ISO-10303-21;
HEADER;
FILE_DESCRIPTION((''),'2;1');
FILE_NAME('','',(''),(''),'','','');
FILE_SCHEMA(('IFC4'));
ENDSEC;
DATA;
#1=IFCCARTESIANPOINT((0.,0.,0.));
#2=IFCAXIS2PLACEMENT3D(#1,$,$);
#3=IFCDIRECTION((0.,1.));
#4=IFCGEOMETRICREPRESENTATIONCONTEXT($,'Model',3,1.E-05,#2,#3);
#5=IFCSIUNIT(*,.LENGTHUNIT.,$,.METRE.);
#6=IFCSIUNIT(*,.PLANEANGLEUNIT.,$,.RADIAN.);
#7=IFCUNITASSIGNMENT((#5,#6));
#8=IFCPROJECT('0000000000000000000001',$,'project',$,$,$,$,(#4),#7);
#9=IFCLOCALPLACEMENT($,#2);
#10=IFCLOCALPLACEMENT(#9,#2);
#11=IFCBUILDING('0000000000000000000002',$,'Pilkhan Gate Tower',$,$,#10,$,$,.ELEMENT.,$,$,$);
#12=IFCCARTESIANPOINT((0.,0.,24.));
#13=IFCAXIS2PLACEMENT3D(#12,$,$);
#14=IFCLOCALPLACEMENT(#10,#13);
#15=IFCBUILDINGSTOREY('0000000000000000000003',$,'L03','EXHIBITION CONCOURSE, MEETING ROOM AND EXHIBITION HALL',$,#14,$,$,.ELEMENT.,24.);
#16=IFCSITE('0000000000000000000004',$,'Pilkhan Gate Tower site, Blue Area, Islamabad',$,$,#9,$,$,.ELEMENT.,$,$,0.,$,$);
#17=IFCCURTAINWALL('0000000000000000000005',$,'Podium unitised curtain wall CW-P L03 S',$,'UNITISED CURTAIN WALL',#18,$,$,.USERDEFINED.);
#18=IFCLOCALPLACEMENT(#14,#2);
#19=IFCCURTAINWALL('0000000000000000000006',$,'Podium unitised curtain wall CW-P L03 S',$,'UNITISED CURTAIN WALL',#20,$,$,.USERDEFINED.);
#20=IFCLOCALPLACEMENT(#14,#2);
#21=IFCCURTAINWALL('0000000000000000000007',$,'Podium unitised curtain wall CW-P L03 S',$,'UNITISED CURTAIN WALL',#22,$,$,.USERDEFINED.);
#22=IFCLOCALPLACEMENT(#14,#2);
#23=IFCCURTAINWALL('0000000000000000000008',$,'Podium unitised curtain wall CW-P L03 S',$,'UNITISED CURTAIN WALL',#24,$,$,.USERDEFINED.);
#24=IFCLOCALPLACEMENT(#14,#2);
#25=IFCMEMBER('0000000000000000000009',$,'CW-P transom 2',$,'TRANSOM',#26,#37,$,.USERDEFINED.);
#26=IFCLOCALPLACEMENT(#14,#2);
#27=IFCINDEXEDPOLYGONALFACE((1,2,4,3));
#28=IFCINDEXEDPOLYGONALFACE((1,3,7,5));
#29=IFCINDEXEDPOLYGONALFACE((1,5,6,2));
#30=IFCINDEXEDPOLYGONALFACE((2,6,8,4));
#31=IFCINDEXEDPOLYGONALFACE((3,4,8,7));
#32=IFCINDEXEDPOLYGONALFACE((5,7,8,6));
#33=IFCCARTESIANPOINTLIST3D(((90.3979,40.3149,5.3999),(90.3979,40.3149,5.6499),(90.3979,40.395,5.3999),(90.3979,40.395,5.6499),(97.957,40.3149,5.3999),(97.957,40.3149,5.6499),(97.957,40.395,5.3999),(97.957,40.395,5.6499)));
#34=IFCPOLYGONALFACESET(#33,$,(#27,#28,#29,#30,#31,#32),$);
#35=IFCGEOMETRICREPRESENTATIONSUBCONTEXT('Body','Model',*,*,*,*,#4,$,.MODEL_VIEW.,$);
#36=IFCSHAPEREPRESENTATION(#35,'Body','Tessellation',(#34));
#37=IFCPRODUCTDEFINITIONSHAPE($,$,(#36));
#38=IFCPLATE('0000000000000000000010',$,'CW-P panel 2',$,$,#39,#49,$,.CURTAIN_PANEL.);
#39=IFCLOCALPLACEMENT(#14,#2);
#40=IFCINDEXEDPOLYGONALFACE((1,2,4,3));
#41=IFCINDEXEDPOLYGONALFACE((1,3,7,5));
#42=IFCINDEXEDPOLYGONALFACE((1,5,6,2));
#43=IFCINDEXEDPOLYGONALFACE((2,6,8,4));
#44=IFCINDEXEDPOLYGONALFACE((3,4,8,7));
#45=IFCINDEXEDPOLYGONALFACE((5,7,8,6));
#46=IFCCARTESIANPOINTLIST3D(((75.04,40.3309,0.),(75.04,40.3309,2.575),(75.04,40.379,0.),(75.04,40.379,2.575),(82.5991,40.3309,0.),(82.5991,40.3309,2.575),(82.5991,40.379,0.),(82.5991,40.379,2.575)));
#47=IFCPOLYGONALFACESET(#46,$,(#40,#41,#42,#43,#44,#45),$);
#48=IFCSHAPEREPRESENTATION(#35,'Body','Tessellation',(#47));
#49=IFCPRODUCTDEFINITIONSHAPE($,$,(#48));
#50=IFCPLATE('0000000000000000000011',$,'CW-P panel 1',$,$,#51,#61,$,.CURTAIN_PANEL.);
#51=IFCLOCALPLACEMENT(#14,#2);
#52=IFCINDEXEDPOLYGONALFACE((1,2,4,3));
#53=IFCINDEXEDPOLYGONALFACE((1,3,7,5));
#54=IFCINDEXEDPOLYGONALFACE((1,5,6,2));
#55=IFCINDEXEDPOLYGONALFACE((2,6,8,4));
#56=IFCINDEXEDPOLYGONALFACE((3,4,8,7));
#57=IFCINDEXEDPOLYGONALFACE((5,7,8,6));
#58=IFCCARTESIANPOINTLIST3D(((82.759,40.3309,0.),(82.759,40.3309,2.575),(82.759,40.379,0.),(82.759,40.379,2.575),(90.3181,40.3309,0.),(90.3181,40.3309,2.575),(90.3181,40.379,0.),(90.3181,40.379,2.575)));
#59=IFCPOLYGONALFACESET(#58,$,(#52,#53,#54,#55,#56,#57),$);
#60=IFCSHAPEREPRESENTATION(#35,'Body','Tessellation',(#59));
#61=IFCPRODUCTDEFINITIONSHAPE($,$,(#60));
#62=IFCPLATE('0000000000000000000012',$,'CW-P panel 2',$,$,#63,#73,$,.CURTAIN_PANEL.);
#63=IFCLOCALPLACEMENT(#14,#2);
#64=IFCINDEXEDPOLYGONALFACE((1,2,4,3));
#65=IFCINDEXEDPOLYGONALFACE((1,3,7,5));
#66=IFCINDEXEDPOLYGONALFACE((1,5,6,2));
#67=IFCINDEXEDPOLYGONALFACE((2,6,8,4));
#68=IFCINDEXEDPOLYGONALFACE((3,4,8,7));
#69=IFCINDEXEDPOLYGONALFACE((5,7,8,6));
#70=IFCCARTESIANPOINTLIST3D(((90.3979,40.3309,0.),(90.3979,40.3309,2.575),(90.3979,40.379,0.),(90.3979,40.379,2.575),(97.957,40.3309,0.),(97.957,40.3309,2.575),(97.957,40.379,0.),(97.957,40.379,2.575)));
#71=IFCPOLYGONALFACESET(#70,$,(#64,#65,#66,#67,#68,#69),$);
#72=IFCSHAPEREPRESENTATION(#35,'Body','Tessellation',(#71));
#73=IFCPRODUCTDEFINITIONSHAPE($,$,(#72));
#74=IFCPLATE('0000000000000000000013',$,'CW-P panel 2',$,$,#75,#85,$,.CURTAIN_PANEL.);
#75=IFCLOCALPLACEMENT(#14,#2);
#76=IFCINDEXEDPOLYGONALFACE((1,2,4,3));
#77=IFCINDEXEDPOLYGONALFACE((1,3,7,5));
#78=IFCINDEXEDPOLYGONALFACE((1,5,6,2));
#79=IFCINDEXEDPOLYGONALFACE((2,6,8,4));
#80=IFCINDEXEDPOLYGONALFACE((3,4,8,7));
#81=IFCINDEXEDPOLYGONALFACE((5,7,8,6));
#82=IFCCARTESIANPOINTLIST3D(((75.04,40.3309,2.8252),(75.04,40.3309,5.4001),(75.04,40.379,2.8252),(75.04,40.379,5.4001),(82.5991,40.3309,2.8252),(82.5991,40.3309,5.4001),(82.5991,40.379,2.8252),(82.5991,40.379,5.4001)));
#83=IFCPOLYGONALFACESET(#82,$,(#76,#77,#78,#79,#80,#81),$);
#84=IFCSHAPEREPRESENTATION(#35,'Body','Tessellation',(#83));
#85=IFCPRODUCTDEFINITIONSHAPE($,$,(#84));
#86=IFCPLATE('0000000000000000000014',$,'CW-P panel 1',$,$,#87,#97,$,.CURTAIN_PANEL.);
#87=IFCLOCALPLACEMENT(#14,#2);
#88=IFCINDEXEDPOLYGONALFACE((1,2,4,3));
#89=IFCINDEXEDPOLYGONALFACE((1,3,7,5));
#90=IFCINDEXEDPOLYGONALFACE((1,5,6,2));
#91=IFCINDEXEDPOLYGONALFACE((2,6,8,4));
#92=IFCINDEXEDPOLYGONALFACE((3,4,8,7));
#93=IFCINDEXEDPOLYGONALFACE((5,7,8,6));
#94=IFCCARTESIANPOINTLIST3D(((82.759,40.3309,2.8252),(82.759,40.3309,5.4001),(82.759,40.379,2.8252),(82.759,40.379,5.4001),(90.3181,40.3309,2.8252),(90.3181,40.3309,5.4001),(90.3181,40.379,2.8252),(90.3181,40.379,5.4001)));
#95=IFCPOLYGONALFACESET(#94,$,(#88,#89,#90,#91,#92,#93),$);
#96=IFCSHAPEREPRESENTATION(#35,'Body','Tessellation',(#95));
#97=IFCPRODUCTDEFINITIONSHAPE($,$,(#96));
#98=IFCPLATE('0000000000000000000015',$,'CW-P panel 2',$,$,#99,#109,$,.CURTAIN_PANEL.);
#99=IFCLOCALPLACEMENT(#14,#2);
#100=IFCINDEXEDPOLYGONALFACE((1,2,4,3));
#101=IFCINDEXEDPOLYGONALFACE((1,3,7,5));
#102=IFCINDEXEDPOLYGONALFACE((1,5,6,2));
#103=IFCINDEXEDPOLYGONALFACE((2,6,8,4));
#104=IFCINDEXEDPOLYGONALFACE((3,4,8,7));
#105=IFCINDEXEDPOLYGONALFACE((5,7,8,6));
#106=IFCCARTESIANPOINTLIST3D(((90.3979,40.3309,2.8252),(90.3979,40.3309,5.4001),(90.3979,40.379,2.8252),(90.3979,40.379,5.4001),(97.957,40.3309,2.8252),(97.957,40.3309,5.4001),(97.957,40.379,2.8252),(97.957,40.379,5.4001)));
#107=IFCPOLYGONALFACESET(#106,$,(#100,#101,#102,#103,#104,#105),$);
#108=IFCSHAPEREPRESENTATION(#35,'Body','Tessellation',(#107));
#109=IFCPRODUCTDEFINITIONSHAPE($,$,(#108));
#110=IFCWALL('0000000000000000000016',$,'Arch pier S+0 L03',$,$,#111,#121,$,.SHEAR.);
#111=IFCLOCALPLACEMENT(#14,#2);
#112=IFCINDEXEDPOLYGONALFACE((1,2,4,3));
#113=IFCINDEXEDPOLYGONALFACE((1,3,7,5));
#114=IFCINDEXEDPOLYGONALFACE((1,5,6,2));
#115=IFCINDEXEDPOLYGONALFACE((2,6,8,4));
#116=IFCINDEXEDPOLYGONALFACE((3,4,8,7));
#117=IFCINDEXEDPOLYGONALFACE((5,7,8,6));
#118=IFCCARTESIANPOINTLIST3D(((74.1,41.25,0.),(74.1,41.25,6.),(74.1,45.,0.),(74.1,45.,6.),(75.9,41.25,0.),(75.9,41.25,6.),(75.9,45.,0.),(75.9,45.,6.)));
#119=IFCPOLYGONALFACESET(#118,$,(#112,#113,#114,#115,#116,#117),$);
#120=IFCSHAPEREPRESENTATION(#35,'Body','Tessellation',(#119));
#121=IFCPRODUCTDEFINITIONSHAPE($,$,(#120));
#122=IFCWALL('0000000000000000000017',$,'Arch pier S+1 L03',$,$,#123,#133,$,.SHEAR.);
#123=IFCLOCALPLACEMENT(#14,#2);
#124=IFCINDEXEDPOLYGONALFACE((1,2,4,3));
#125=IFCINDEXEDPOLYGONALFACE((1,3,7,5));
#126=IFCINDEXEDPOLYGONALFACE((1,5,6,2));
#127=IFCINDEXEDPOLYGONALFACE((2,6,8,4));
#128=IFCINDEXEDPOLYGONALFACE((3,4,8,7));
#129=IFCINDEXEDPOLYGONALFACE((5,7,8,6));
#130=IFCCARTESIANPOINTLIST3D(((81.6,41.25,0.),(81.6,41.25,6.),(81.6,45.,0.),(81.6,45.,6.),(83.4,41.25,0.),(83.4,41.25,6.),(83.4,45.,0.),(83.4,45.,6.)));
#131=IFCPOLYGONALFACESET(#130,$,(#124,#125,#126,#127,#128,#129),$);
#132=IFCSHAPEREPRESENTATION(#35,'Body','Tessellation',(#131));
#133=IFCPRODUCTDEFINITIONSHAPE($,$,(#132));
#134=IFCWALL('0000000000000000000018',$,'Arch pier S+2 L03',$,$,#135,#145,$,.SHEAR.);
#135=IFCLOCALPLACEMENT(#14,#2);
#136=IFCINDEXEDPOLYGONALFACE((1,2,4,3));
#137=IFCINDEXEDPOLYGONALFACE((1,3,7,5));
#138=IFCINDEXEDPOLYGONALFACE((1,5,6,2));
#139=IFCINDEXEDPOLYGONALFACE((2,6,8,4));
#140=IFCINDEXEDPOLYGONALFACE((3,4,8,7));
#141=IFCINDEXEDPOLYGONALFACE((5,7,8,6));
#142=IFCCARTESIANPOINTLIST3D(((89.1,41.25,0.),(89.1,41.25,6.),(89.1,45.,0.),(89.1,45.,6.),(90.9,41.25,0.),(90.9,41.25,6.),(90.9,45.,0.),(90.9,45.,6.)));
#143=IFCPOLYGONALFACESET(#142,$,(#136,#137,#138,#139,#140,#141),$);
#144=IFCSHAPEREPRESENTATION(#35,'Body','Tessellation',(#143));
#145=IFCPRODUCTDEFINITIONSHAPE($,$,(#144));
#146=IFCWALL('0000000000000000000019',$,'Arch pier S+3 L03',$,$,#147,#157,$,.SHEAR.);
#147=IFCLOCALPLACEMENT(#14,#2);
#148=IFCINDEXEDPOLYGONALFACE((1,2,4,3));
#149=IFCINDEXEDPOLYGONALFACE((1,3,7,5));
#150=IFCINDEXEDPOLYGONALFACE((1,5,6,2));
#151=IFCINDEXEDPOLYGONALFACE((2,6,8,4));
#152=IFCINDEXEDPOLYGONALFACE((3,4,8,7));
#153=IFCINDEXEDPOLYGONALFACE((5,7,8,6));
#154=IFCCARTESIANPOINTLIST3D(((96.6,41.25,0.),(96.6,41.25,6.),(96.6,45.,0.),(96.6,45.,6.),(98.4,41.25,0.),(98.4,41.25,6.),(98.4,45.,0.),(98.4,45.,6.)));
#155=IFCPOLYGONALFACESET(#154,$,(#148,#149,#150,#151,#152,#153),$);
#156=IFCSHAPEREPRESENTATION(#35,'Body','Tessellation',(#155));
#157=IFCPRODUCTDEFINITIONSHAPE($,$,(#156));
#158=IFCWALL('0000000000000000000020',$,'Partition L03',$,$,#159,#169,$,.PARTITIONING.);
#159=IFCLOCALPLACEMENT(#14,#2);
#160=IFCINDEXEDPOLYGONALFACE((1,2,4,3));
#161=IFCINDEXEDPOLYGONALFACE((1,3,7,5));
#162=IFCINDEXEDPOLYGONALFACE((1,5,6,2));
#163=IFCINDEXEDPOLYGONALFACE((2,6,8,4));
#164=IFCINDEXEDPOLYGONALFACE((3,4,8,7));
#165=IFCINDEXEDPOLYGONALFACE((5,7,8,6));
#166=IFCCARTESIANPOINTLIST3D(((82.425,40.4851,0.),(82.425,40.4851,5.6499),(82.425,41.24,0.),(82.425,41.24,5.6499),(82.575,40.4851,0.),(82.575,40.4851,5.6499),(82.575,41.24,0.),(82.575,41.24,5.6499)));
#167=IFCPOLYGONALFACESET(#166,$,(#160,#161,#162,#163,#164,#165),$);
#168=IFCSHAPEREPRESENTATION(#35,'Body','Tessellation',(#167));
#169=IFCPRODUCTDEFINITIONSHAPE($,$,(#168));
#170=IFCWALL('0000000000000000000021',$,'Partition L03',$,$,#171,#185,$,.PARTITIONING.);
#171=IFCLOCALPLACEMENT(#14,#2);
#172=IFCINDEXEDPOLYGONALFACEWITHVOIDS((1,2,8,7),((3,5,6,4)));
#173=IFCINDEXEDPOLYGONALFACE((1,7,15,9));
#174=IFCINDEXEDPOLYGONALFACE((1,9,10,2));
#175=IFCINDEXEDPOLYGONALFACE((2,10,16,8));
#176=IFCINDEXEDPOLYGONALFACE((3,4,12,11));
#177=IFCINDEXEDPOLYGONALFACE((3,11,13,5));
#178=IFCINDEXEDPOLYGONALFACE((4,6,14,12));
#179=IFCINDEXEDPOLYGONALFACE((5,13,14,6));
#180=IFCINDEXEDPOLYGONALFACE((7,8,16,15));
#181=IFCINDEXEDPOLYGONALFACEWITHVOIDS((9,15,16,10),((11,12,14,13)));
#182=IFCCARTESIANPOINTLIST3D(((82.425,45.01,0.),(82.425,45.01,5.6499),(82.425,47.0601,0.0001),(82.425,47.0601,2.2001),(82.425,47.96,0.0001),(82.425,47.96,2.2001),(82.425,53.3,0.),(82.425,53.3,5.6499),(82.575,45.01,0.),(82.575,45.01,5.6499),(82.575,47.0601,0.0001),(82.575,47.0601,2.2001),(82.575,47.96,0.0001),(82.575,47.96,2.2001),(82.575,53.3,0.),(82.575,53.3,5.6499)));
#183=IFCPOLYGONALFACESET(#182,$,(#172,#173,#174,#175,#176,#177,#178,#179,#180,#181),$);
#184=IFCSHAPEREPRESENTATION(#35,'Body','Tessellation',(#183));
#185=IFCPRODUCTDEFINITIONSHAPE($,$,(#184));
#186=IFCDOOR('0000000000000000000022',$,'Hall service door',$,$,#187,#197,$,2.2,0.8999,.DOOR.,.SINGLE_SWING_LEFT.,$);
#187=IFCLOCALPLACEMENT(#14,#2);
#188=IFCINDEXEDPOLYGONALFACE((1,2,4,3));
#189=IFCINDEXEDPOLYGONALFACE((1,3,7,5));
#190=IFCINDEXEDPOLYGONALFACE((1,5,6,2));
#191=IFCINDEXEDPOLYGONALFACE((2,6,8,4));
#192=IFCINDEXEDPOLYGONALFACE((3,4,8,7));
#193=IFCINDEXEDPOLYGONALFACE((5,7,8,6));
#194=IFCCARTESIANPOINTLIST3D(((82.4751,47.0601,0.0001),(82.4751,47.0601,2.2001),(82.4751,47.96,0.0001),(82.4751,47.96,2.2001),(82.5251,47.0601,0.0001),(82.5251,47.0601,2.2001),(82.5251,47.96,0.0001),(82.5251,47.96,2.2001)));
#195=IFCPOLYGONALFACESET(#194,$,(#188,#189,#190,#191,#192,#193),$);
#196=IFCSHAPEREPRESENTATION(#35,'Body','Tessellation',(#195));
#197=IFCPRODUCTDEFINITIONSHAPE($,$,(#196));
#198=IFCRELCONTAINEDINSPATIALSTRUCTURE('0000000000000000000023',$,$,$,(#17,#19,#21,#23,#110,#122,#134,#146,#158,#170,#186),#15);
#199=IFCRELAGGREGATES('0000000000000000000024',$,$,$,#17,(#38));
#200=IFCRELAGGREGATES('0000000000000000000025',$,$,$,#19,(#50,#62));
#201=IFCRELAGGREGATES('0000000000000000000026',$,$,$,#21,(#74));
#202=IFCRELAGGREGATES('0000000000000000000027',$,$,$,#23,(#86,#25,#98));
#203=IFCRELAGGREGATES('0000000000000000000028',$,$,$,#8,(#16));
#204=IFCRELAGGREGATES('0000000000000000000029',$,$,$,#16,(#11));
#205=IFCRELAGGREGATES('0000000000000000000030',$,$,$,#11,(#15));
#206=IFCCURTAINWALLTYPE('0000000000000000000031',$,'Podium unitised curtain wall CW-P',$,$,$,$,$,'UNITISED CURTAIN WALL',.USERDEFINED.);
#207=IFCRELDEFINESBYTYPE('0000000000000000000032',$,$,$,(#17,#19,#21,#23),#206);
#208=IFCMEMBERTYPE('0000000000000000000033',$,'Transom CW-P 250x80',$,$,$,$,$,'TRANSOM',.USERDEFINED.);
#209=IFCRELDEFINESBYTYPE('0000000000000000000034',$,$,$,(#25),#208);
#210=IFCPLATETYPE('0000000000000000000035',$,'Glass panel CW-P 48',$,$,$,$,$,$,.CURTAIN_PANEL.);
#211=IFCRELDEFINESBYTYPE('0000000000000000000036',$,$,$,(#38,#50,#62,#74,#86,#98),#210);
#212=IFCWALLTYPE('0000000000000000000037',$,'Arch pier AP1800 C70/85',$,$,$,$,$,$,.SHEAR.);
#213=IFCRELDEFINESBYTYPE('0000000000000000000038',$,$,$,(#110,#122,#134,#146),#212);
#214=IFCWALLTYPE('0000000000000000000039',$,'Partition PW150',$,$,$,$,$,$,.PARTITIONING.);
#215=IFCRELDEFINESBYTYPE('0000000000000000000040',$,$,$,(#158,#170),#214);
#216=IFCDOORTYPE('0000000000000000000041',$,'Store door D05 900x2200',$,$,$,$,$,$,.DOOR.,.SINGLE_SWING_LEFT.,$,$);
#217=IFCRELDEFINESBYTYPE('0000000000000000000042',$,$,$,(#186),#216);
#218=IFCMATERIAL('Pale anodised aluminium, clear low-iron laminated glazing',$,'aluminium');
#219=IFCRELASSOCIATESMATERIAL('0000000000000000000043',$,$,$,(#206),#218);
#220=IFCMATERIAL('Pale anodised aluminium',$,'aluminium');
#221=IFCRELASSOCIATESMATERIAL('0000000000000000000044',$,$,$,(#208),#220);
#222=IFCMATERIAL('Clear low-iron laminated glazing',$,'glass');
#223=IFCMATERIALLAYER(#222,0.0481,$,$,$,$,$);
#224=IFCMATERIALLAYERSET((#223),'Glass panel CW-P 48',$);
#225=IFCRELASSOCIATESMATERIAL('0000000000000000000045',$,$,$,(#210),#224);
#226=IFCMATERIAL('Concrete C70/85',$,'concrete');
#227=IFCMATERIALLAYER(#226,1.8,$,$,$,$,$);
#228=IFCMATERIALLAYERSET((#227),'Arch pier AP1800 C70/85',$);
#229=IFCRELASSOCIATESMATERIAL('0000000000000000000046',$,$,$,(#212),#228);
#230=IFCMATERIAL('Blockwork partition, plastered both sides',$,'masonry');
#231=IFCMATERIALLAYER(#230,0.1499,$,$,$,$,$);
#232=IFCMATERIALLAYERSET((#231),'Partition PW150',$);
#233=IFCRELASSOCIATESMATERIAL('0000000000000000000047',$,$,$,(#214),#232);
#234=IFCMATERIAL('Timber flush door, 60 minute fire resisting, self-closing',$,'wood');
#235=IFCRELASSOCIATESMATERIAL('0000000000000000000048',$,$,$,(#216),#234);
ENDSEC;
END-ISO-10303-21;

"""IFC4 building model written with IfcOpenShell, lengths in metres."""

from ifc_helpers import new_model, si_unit, direction, frame, frame_2d, origin, origin_2d, place, context, subcontext, project, spatial, rectangle, extrude, material, layer, layer_set, material_profile, profile_set, type_object, element, fill, aggregate, save


model = new_model("IFC4")

# Units and contexts
model_context = context("Model", 3, precision=1e-05, world=origin(), true_north=direction((0.0, 1.0)))
body_context = subcontext(model_context, "Body", "Model", "MODEL_VIEW")
ifc_project = project(units=[si_unit("LENGTHUNIT", "METRE"), si_unit("PLANEANGLEUNIT", "RADIAN")], contexts=[model_context])

# Site, building, storey
site_placement = place(None, origin())
site = spatial("IfcSite", under=ifc_project, at=site_placement, Name="Pilkhan Gate Tower site, Blue Area, Islamabad", CompositionType="ELEMENT", RefElevation=0.0)
building_placement = place(site_placement, origin())
building = spatial("IfcBuilding", under=site, at=building_placement, Name="Pilkhan Gate Tower", CompositionType="ELEMENT")
storey_placement = place(building_placement, frame((0.0, 0.0, 24.0)))
storey = spatial("IfcBuildingStorey", under=building, at=storey_placement, Name="L03", Description="EXHIBITION CONCOURSE, MEETING ROOM AND EXHIBITION HALL", CompositionType="ELEMENT", Elevation=24.0)

# Shared definitions
ifc_material_1 = material(Name="Concrete C70/85", Category="concrete")

# Curtain walls
ifc_material_2 = material(Name="Pale anodised aluminium, clear low-iron laminated glazing", Category="aluminium")
curtain_wall_type = type_object("IfcCurtainWallType", Name="Podium unitised curtain wall CW-P", ElementType="UNITISED CURTAIN WALL", PredefinedType="USERDEFINED", material=ifc_material_2)
curtain_wall_1_placement = place(storey_placement, origin())
curtain_wall_1 = element("IfcCurtainWall", 1, at=curtain_wall_1_placement, inside=storey, type_object=curtain_wall_type, Name="Podium unitised curtain wall CW-P L03 S", ObjectType="UNITISED CURTAIN WALL", PredefinedType="USERDEFINED")
ifc_material_3 = material(Name="Pale anodised aluminium", Category="aluminium")
curtain_wall_2_placement = place(storey_placement, origin())
curtain_wall_2 = element("IfcCurtainWall", 2, at=curtain_wall_2_placement, inside=storey, type_object=curtain_wall_type, Name="Podium unitised curtain wall CW-P L03 S", ObjectType="UNITISED CURTAIN WALL", PredefinedType="USERDEFINED")
curtain_wall_3_placement = place(storey_placement, origin())
curtain_wall_3 = element("IfcCurtainWall", 3, at=curtain_wall_3_placement, inside=storey, type_object=curtain_wall_type, Name="Podium unitised curtain wall CW-P L03 S", ObjectType="UNITISED CURTAIN WALL", PredefinedType="USERDEFINED")
curtain_wall_4_placement = place(storey_placement, origin())
curtain_wall_4 = element("IfcCurtainWall", 4, at=curtain_wall_4_placement, inside=storey, type_object=curtain_wall_type, Name="Podium unitised curtain wall CW-P L03 S", ObjectType="UNITISED CURTAIN WALL", PredefinedType="USERDEFINED")

# Member
ifc_material_profile_1 = material_profile(ifc_material_3, rectangle(XDim=0.0801, YDim=0.25, at=origin_2d()), Name="Transom 250x80")
ifc_profile_set_1 = profile_set([ifc_material_profile_1], Name="Pale anodised aluminium")
member_type_1 = type_object("IfcMemberType", Name="Transom CW-P 250x80", ElementType="TRANSOM", PredefinedType="USERDEFINED", material=ifc_profile_set_1)
member_1_placement = place(storey_placement, frame((90.3979, 40.355, 5.5249), z_axis=(1.0, 0.0, 0.0), x_axis=(0.0, 1.0, 0.0)))
member_1 = element("IfcMember", 5, at=member_1_placement, type_object=member_type_1, Name="CW-P transom 2", ObjectType="TRANSOM", PredefinedType="USERDEFINED", context=body_context, shape_type="SweptSolid", body=[
    extrude(rectangle(XDim=0.0801, YDim=0.25, at=origin_2d()), origin(), (0.0, 0.0, 1.0), 7.5591),
])

# Plates
ifc_material_4 = material(Name="Clear low-iron laminated glazing", Category="glass")
ifc_layer_1 = layer(ifc_material_4, 0.0481)
ifc_layer_set_1 = layer_set([ifc_layer_1], Name="Glass panel CW-P 48")
plate_type = type_object("IfcPlateType", Name="Glass panel CW-P 48", PredefinedType="CURTAIN_PANEL", material=ifc_layer_set_1)
plate_1_placement = place(storey_placement, frame((78.8196, 40.355, 0.0), z_axis=(0.0, 0.0, 1.0), x_axis=(1.0, 0.0, 0.0)))
plate_1 = element("IfcPlate", 6, at=plate_1_placement, type_object=plate_type, Name="CW-P panel 2", PredefinedType="CURTAIN_PANEL", context=body_context, shape_type="SweptSolid", body=[
    extrude(rectangle(XDim=7.5591, YDim=0.0481, at=origin_2d()), origin(), (0.0, 0.0, 1.0), 2.575),
])
aggregate(curtain_wall_1, [plate_1])
plate_2_placement = place(storey_placement, frame((86.5386, 40.355, 0.0), z_axis=(0.0, 0.0, 1.0), x_axis=(1.0, 0.0, 0.0)))
plate_2 = element("IfcPlate", 7, at=plate_2_placement, type_object=plate_type, Name="CW-P panel 1", PredefinedType="CURTAIN_PANEL", context=body_context, shape_type="SweptSolid", body=[
    extrude(rectangle(XDim=7.5591, YDim=0.0481, at=origin_2d()), origin(), (0.0, 0.0, 1.0), 2.575),
])
plate_3_placement = place(storey_placement, frame((94.1775, 40.355, 0.0), z_axis=(0.0, 0.0, 1.0), x_axis=(1.0, 0.0, 0.0)))
plate_3 = element("IfcPlate", 8, at=plate_3_placement, type_object=plate_type, Name="CW-P panel 2", PredefinedType="CURTAIN_PANEL", context=body_context, shape_type="SweptSolid", body=[
    extrude(rectangle(XDim=7.5591, YDim=0.0481, at=origin_2d()), origin(), (0.0, 0.0, 1.0), 2.575),
])
aggregate(curtain_wall_2, [plate_2, plate_3])
plate_4_placement = place(storey_placement, frame((78.8196, 40.355, 2.8252), z_axis=(0.0, 0.0, 1.0), x_axis=(1.0, 0.0, 0.0)))
plate_4 = element("IfcPlate", 9, at=plate_4_placement, type_object=plate_type, Name="CW-P panel 2", PredefinedType="CURTAIN_PANEL", context=body_context, shape_type="SweptSolid", body=[
    extrude(rectangle(XDim=7.5591, YDim=0.0481, at=origin_2d()), origin(), (0.0, 0.0, 1.0), 2.575),
])
aggregate(curtain_wall_3, [plate_4])
plate_5_placement = place(storey_placement, frame((86.5386, 40.355, 2.8252), z_axis=(0.0, 0.0, 1.0), x_axis=(1.0, 0.0, 0.0)))
plate_5 = element("IfcPlate", 10, at=plate_5_placement, type_object=plate_type, Name="CW-P panel 1", PredefinedType="CURTAIN_PANEL", context=body_context, shape_type="SweptSolid", body=[
    extrude(rectangle(XDim=7.5591, YDim=0.0481, at=origin_2d()), origin(), (0.0, 0.0, 1.0), 2.575),
])
plate_6_placement = place(storey_placement, frame((94.1775, 40.355, 2.8252), z_axis=(0.0, 0.0, 1.0), x_axis=(1.0, 0.0, 0.0)))
plate_6 = element("IfcPlate", 11, at=plate_6_placement, type_object=plate_type, Name="CW-P panel 2", PredefinedType="CURTAIN_PANEL", context=body_context, shape_type="SweptSolid", body=[
    extrude(rectangle(XDim=7.5591, YDim=0.0481, at=origin_2d()), origin(), (0.0, 0.0, 1.0), 2.575),
])
aggregate(curtain_wall_4, [plate_5, member_1, plate_6])

# Walls
ifc_layer_2 = layer(ifc_material_1, 1.8)
ifc_layer_set_2 = layer_set([ifc_layer_2], Name="Arch pier AP1800 C70/85")
wall_type_1 = type_object("IfcWallType", Name="Arch pier AP1800 C70/85", PredefinedType="SHEAR", material=ifc_layer_set_2)
for number, where, z_axis, x_axis, name in (
    (12, (75.0, 41.25, 0.0), (0.0, 0.0, 1.0), (0.0, 1.0, 0.0), "Arch pier S+0 L03"),
    (13, (82.5, 41.25, 0.0), (0.0, 0.0, 1.0), (0.0, 1.0, 0.0), "Arch pier S+1 L03"),
    (14, (90.0, 41.25, 0.0), (0.0, 0.0, 1.0), (0.0, 1.0, 0.0), "Arch pier S+2 L03"),
    (15, (97.5, 41.25, 0.0), (0.0, 0.0, 1.0), (0.0, 1.0, 0.0), "Arch pier S+3 L03"),
):
    element("IfcWall", number, at=place(storey_placement, frame(where, z_axis=z_axis, x_axis=x_axis)), inside=storey, type_object=wall_type_1, Name=name, PredefinedType="SHEAR", context=body_context, shape_type="SweptSolid", body=[
        extrude(rectangle(XDim=3.75, YDim=1.8, at=frame_2d((1.875, 0.0))), origin(), (0.0, 0.0, 1.0), 6.0),
    ])
ifc_material_5 = material(Name="Blockwork partition, plastered both sides", Category="masonry")
ifc_layer_3 = layer(ifc_material_5, 0.1499)
ifc_layer_set_3 = layer_set([ifc_layer_3], Name="Partition PW150")
wall_type_2 = type_object("IfcWallType", Name="Partition PW150", PredefinedType="PARTITIONING", material=ifc_layer_set_3)
wall_1_placement = place(storey_placement, frame((82.5, 40.4851, 0.0), z_axis=(0.0, 0.0, 1.0), x_axis=(0.0, 1.0, 0.0)))
element("IfcWall", 16, at=wall_1_placement, inside=storey, type_object=wall_type_2, Name="Partition L03", PredefinedType="PARTITIONING", context=body_context, shape_type="SweptSolid", body=[
    extrude(rectangle(XDim=0.7549, YDim=0.1499, at=frame_2d((0.3774, 0.0))), origin(), (0.0, 0.0, 1.0), 5.6499),
])

# Wall, opening, door
wall_2_placement = place(storey_placement, frame((82.5, 45.01, 0.0), z_axis=(0.0, 0.0, 1.0), x_axis=(0.0, 1.0, 0.0)))
wall_2 = element("IfcWall", 17, at=wall_2_placement, inside=storey, type_object=wall_type_2, Name="Partition L03", PredefinedType="PARTITIONING", context=body_context, shape_type="SweptSolid", body=[
    extrude(rectangle(XDim=8.29, YDim=0.1499, at=frame_2d((4.145, 0.0))), origin(), (0.0, 0.0, 1.0), 5.6499),
])
opening_placement = place(wall_2_placement, frame((2.05, 0.0, 0.0)))
opening = element("IfcOpeningElement", 18, at=opening_placement, cuts=wall_2, PredefinedType="OPENING", context=body_context, shape_type="SweptSolid", body=[
    extrude(rectangle(XDim=0.8999, YDim=2.2, at=frame_2d((0.45, 1.1001))), frame((0.0, 0.085, 0.0), z_axis=(0.0, -1.0, 0.0), x_axis=(1.0, 0.0, 0.0)), (0.0, 0.0, 1.0), 0.1699),
])
ifc_material_6 = material(Name="Timber flush door, 60 minute fire resisting, self-closing", Category="wood")
door_type = type_object("IfcDoorType", Name="Store door D05 900x2200", OperationType="SINGLE_SWING_LEFT", PredefinedType="DOOR", material=ifc_material_6)
door_placement = place(opening_placement, origin())
door = element("IfcDoor", 19, at=door_placement, inside=storey, type_object=door_type, Name="Hall service door", OperationType="SINGLE_SWING_LEFT", OverallHeight=2.2, OverallWidth=0.8999, PredefinedType="DOOR", context=body_context, shape_type="SweptSolid", body=[
    extrude(rectangle(XDim=0.8999, YDim=2.2, at=frame_2d((0.45, 1.1001))), frame((0.0, 0.0249, 0.0), z_axis=(0.0, -1.0, 0.0), x_axis=(1.0, 0.0, 0.0)), (0.0, 0.0, 1.0), 0.05),
])
fill(opening, door)

save(model, "model.ifc")
